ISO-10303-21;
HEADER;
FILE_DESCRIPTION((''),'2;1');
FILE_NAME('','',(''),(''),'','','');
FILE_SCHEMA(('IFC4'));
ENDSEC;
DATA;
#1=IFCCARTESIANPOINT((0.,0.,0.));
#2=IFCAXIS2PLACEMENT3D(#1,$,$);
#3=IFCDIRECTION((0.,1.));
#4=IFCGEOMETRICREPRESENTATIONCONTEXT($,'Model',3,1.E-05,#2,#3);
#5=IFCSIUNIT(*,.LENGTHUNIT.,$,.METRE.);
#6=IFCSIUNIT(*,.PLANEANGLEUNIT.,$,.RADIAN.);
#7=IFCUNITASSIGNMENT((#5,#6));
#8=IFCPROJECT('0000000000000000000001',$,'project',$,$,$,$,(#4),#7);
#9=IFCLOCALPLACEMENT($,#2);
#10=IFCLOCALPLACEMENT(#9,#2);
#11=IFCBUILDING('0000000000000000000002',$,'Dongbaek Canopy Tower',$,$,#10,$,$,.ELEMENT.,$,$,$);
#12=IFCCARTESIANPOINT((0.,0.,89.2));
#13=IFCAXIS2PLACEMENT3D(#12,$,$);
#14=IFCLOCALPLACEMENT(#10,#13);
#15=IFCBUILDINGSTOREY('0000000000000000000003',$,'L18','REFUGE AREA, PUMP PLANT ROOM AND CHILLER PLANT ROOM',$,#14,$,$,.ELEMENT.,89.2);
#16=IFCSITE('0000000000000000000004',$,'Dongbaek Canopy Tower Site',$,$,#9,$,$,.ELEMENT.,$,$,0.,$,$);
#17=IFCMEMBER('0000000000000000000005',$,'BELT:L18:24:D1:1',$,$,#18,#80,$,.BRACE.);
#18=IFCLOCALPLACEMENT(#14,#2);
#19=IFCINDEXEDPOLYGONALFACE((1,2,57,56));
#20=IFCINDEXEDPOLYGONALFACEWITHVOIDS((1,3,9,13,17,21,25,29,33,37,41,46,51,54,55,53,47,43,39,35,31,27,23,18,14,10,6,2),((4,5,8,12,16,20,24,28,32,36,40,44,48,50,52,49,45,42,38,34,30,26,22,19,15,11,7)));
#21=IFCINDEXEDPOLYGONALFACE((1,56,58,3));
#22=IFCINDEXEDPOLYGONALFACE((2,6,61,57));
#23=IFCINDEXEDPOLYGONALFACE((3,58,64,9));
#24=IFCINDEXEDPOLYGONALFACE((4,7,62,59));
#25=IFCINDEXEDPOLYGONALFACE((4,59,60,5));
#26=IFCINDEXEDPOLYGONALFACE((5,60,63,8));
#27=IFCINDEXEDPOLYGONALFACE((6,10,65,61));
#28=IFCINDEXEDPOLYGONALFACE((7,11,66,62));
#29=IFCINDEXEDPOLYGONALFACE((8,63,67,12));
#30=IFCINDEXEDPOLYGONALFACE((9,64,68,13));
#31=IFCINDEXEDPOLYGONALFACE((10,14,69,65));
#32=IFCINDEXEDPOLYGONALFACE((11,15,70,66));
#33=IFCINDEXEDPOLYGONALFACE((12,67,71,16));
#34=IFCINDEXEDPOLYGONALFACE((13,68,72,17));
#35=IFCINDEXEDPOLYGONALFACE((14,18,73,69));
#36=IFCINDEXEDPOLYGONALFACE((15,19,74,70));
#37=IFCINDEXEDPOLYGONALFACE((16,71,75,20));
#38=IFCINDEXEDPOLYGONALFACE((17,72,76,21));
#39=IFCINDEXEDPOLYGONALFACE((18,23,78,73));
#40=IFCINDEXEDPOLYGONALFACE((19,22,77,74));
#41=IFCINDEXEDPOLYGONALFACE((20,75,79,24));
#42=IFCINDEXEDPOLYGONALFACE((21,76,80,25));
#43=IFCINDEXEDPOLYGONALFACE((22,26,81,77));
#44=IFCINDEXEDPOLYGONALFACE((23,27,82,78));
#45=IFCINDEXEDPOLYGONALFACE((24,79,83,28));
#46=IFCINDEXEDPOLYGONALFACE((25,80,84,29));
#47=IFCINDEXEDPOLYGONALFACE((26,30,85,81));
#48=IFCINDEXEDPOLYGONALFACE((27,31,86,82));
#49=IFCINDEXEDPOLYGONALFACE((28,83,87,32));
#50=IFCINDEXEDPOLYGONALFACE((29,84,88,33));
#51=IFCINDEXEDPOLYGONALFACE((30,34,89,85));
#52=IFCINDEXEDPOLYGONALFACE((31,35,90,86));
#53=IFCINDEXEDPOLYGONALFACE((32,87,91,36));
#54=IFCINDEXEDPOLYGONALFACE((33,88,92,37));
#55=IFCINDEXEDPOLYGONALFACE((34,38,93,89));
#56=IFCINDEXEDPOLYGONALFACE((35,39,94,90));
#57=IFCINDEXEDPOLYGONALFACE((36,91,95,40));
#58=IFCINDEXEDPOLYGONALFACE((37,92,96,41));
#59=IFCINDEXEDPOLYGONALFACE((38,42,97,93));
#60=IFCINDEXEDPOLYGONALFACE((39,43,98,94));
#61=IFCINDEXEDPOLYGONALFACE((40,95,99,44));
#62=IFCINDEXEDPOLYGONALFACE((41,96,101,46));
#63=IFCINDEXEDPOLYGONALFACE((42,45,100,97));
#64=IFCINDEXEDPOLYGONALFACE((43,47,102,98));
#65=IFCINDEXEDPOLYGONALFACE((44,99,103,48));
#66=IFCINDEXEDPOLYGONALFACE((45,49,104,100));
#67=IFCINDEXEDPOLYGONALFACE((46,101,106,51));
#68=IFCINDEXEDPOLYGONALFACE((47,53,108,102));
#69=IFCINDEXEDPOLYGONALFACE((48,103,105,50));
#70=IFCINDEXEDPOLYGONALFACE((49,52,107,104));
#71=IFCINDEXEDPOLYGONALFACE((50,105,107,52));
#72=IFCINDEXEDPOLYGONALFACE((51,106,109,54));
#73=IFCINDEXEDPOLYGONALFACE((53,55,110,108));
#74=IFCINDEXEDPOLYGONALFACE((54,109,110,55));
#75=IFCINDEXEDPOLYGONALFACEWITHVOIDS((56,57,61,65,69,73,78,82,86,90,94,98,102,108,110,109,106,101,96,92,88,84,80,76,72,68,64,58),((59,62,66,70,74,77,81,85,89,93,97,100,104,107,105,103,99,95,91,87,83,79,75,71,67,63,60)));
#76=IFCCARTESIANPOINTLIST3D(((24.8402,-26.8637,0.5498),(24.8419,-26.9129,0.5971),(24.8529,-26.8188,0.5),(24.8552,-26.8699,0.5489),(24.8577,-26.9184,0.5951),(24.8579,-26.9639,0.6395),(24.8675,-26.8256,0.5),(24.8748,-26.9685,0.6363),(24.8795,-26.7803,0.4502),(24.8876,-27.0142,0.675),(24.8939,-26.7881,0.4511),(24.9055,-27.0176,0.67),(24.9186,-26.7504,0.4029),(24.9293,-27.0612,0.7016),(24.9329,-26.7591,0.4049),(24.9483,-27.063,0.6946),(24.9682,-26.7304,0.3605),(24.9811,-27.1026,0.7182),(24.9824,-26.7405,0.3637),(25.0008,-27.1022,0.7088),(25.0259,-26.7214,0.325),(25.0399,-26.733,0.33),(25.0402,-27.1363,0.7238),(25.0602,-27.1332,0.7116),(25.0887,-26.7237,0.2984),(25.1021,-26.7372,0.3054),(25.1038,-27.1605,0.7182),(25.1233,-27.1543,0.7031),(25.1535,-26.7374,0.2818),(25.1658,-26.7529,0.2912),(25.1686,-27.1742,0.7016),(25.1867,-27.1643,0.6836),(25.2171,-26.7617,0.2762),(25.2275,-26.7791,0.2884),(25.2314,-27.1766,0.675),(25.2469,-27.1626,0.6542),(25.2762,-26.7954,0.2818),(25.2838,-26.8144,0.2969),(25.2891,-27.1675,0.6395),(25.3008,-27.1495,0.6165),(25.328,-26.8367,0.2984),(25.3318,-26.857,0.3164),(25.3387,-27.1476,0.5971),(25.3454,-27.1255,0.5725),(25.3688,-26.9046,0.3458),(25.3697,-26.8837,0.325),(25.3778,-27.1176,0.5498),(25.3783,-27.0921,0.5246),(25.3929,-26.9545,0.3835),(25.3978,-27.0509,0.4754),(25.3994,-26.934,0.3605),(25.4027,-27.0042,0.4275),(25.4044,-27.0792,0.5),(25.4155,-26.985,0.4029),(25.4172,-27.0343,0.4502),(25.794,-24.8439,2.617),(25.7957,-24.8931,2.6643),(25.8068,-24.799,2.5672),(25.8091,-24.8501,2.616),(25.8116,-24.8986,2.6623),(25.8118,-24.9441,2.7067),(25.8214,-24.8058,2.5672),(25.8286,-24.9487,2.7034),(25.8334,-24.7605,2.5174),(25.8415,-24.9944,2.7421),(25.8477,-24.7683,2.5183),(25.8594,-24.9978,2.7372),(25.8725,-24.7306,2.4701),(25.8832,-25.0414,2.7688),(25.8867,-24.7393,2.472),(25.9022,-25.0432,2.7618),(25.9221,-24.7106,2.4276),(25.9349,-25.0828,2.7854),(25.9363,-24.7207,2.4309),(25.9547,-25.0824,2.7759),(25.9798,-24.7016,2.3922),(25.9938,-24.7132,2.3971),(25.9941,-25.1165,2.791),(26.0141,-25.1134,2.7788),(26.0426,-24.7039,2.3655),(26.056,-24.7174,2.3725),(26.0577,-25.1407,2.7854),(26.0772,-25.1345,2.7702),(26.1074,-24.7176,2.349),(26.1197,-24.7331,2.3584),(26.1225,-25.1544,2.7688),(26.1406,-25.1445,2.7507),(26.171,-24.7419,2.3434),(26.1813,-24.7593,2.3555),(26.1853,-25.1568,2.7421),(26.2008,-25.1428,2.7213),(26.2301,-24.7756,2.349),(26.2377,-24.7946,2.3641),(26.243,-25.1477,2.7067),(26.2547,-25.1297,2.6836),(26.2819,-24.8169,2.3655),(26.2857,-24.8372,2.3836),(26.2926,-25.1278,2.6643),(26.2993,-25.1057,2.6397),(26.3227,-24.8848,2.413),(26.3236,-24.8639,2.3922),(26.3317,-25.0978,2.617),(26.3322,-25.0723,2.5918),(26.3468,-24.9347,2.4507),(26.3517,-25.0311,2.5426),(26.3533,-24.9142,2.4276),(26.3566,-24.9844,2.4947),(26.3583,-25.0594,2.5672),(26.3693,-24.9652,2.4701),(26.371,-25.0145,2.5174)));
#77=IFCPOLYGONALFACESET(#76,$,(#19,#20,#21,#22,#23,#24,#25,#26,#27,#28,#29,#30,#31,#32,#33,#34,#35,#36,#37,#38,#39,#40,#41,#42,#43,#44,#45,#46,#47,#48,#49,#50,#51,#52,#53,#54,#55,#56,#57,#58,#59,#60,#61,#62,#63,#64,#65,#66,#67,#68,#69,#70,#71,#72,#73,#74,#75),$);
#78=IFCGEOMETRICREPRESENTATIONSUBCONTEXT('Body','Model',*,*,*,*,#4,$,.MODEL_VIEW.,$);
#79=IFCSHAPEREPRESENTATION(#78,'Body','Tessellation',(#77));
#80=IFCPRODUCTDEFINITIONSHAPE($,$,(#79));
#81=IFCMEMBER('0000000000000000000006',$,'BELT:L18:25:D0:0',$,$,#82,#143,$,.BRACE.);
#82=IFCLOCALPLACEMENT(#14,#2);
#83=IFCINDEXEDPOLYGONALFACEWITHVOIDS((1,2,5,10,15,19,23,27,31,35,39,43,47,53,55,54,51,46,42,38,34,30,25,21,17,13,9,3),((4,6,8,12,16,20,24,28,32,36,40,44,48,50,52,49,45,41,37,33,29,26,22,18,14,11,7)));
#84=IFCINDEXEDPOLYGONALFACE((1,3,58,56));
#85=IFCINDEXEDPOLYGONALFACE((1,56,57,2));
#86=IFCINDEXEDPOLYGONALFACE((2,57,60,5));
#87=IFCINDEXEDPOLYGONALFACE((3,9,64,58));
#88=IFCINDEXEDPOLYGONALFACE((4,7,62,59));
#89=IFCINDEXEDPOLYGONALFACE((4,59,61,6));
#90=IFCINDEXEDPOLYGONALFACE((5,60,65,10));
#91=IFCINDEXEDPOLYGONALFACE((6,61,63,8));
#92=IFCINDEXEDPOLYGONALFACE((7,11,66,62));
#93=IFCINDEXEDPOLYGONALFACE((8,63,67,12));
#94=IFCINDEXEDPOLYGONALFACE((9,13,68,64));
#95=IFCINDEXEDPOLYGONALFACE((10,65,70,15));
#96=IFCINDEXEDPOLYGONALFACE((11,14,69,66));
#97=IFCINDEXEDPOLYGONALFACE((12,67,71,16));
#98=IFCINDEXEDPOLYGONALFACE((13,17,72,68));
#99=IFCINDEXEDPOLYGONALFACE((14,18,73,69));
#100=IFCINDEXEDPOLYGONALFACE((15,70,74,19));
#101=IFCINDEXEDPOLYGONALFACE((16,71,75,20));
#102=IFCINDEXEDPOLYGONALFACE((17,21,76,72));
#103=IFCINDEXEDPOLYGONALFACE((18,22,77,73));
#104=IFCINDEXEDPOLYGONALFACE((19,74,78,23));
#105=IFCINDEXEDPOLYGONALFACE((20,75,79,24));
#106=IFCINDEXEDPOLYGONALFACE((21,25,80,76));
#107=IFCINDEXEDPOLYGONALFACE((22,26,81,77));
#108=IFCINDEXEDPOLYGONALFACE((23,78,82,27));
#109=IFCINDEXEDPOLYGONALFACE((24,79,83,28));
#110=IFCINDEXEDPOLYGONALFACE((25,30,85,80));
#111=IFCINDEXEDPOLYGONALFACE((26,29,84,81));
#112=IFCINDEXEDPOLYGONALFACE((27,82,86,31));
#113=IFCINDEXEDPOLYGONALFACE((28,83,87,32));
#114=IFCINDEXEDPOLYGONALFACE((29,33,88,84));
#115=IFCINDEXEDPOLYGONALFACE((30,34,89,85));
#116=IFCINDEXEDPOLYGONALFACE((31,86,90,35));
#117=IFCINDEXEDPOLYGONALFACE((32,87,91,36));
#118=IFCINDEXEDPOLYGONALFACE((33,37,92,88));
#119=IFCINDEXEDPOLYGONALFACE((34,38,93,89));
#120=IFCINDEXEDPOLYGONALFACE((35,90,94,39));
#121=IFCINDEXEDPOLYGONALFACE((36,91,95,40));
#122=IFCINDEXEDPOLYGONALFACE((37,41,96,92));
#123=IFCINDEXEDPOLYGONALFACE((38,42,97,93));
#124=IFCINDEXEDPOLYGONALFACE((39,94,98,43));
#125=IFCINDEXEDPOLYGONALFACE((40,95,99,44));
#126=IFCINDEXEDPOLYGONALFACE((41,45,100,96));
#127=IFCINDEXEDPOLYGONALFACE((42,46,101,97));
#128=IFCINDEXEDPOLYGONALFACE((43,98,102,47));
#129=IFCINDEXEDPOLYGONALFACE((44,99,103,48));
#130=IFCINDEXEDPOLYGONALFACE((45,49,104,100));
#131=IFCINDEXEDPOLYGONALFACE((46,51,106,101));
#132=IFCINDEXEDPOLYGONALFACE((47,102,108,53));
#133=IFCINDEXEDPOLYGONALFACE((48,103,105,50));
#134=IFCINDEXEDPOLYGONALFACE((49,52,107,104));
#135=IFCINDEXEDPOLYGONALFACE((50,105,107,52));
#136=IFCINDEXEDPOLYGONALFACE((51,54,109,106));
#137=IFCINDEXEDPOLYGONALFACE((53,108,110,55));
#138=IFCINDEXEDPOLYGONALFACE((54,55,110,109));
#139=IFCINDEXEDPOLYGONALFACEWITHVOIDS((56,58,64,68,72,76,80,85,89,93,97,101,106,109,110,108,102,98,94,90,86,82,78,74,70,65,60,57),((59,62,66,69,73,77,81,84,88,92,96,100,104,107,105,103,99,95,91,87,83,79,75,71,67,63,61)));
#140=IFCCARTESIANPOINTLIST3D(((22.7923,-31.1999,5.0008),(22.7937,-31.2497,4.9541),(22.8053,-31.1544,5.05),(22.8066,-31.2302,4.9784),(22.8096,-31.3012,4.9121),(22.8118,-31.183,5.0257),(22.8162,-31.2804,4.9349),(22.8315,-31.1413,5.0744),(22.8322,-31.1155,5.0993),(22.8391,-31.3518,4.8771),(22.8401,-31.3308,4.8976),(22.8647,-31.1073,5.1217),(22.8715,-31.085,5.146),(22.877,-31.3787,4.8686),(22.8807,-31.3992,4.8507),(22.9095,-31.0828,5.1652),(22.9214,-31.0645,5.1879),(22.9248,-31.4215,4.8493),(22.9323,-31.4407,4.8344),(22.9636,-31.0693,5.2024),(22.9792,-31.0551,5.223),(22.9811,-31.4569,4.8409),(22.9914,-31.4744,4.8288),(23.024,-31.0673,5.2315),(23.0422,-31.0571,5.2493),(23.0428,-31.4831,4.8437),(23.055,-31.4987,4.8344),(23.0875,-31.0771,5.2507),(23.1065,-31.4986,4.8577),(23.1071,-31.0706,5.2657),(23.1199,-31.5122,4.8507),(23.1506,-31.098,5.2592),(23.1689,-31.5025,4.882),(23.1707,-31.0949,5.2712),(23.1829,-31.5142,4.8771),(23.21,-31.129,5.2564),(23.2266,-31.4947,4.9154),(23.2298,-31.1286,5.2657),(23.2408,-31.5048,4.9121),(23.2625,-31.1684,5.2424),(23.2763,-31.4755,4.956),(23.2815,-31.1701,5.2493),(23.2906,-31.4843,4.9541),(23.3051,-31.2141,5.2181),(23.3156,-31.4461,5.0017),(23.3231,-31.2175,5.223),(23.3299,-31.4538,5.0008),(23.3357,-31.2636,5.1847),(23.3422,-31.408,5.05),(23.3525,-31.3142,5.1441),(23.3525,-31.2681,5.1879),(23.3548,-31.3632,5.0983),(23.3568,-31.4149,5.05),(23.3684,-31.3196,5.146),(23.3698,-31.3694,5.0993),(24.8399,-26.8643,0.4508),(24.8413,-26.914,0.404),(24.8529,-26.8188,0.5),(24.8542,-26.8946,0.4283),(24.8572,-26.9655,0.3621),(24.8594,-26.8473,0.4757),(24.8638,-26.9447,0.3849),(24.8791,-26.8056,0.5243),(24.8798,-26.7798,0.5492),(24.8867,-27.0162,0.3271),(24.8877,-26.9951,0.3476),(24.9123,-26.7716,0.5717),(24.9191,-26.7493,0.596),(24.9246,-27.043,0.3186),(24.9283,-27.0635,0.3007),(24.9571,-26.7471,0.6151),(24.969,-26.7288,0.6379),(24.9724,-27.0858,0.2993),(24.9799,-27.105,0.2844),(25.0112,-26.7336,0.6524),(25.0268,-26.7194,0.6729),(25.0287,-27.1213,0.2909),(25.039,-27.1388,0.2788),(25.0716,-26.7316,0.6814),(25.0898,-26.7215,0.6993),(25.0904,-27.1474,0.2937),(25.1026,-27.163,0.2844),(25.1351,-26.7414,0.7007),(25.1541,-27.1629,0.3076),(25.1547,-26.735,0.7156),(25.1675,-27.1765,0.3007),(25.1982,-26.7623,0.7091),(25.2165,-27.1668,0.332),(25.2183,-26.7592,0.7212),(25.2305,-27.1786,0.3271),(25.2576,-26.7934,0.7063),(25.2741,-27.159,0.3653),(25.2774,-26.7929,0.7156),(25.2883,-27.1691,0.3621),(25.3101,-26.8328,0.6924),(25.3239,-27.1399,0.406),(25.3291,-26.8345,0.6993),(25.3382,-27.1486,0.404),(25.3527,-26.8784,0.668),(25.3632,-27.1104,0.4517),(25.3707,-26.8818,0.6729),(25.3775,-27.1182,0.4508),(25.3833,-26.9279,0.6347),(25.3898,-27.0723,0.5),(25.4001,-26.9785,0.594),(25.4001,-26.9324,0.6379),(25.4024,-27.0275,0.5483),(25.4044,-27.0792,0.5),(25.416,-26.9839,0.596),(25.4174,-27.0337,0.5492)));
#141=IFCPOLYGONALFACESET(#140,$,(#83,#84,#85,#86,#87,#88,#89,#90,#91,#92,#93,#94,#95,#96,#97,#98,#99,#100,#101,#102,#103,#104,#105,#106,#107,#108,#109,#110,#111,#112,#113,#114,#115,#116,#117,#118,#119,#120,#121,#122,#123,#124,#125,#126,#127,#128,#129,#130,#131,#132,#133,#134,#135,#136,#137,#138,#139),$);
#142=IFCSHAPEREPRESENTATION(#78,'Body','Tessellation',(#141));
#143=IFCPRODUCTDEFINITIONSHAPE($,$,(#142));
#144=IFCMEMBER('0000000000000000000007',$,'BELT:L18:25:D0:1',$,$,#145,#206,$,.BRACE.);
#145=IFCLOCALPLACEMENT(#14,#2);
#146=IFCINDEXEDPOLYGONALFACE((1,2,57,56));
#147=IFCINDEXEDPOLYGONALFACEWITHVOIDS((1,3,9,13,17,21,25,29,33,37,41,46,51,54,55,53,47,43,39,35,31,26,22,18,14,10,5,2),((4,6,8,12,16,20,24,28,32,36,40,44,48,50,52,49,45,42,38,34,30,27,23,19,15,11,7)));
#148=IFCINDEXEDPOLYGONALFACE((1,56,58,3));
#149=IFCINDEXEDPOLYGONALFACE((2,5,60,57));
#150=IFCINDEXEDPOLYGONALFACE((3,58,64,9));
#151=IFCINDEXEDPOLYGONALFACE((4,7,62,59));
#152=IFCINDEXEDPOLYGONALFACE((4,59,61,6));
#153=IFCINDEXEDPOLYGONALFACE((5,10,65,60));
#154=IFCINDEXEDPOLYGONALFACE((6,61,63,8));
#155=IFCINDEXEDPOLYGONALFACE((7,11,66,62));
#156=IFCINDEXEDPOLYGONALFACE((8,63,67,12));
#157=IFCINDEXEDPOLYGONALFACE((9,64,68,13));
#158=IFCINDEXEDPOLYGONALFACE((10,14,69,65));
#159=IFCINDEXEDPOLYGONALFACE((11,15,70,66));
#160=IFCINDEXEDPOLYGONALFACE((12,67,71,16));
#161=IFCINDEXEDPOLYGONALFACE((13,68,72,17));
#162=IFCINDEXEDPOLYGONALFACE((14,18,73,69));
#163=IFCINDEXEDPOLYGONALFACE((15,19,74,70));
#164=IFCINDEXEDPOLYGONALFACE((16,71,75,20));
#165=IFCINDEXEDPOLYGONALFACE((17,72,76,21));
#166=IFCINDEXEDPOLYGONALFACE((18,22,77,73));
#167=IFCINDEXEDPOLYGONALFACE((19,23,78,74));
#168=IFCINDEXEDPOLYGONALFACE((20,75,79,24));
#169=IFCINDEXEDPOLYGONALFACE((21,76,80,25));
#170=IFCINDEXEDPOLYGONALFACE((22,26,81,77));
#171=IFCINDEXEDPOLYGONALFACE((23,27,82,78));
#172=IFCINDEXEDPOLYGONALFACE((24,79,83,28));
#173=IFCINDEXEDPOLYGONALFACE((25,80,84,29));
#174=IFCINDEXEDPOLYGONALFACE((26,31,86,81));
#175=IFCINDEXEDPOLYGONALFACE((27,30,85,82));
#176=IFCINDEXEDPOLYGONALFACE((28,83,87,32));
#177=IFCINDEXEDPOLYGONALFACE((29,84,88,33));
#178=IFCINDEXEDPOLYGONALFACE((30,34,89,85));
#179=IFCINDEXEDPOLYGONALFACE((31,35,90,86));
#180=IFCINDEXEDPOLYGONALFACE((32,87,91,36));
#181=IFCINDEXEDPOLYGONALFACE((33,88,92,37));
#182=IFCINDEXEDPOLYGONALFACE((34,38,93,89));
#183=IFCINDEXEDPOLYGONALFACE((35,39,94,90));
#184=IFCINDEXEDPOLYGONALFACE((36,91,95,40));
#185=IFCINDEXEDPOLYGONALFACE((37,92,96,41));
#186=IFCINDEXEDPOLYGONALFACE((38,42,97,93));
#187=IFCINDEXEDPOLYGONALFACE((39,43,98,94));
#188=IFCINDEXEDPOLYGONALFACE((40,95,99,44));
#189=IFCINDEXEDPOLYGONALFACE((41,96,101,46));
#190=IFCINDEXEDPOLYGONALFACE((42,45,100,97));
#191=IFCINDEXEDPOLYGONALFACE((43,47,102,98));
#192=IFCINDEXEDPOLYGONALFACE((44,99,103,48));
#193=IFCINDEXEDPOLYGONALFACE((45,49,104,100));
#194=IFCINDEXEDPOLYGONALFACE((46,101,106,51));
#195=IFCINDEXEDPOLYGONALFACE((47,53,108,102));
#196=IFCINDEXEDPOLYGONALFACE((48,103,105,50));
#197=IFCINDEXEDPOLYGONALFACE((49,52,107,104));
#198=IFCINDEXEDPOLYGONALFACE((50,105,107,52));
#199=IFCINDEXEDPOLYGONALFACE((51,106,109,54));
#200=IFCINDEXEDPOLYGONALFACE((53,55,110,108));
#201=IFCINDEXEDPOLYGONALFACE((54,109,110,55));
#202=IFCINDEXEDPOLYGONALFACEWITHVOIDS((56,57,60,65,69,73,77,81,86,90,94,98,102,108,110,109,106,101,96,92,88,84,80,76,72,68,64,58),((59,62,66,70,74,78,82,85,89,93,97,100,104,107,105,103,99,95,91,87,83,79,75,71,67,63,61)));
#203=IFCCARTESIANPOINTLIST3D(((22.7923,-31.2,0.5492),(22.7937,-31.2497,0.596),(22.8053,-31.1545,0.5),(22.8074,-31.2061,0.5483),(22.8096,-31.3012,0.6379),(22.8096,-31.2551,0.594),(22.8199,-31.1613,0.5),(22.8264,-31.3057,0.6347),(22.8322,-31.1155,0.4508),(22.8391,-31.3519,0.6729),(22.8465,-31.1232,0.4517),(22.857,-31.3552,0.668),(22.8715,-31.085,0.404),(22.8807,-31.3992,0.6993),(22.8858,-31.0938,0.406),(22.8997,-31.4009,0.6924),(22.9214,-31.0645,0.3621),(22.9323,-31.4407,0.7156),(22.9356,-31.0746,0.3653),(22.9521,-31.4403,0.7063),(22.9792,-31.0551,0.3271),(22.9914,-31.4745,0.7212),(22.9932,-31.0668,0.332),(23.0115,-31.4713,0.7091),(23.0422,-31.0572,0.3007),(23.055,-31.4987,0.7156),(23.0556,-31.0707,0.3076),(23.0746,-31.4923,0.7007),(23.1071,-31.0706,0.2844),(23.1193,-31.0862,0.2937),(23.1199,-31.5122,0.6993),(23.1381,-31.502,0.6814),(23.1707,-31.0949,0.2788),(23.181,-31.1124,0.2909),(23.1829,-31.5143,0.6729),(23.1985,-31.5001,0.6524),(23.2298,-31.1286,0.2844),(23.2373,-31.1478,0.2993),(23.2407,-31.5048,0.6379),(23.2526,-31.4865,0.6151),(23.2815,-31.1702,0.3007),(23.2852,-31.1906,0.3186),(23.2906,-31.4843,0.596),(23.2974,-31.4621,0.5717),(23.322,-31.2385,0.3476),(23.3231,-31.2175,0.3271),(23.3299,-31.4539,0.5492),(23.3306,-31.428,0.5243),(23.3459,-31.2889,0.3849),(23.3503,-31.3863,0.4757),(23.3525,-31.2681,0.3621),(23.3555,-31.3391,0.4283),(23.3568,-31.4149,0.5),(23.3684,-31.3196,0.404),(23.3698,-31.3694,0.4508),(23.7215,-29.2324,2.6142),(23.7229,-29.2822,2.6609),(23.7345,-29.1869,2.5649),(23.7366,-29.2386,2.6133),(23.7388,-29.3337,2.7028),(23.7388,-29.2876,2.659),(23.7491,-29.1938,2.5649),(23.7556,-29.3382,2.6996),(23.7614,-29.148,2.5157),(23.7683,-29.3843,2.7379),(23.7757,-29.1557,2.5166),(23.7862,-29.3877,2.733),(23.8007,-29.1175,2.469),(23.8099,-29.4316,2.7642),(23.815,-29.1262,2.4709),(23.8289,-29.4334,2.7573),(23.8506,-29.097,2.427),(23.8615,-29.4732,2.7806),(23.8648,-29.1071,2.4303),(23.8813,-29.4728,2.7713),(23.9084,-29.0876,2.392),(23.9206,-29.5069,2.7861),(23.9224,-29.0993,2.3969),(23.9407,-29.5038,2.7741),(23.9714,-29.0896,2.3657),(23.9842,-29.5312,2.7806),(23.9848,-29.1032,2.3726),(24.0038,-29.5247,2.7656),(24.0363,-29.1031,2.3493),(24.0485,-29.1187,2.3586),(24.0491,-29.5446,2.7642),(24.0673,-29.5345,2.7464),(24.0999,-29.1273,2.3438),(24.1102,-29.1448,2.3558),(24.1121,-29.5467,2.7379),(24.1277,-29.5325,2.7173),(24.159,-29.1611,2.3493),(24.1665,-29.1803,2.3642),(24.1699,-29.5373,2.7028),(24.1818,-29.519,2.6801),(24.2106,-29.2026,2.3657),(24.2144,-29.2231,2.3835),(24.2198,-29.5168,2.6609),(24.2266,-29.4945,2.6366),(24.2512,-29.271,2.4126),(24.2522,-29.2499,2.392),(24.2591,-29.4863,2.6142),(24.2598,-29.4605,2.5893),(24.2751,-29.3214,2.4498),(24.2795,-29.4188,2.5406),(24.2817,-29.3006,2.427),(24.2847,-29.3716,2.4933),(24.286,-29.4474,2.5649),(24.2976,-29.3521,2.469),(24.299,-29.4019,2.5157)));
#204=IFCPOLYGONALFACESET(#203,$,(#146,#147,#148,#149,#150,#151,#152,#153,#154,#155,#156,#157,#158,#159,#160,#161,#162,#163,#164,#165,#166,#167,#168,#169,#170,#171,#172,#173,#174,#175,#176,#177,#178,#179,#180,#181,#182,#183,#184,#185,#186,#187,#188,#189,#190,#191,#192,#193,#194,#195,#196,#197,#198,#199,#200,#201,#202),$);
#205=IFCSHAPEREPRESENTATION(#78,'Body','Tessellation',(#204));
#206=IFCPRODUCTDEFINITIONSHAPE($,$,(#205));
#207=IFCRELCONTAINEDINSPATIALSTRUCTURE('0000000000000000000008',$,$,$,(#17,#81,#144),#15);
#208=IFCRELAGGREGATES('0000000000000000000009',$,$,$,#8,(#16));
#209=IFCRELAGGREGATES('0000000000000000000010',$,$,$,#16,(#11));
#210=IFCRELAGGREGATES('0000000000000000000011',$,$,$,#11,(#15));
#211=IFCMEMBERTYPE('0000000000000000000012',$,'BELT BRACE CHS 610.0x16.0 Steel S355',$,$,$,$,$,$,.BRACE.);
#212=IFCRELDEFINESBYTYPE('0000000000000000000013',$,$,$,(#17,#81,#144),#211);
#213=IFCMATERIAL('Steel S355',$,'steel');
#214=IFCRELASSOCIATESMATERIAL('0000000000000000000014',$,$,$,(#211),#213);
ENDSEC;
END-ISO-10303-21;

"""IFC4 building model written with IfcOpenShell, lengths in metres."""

from ifc_helpers import new_model, si_unit, direction, frame, origin, origin_2d, place, context, subcontext, project, spatial, hollow_circle, extrude, material, material_profile, profile_set, type_object, element, save


model = new_model("IFC4")

# Units and contexts
model_context = context("Model", 3, precision=1e-05, world=origin(), true_north=direction((0.0, 1.0)))
body_context = subcontext(model_context, "Body", "Model", "MODEL_VIEW")
ifc_project = project(units=[si_unit("LENGTHUNIT", "METRE"), si_unit("PLANEANGLEUNIT", "RADIAN")], contexts=[model_context])

# Site, building, storey
site_placement = place(None, origin())
site = spatial("IfcSite", under=ifc_project, at=site_placement, Name="Dongbaek Canopy Tower Site", CompositionType="ELEMENT", RefElevation=0.0)
building_placement = place(site_placement, origin())
building = spatial("IfcBuilding", under=site, at=building_placement, Name="Dongbaek Canopy Tower", CompositionType="ELEMENT")
storey_placement = place(building_placement, frame((0.0, 0.0, 89.2)))
storey = spatial("IfcBuildingStorey", under=building, at=storey_placement, Name="L18", Description="REFUGE AREA, PUMP PLANT ROOM AND CHILLER PLANT ROOM", CompositionType="ELEMENT", Elevation=89.2)

# Members
ifc_material_1 = material(Name="Steel S355", Category="steel")
ifc_material_profile_1 = material_profile(ifc_material_1, hollow_circle(Radius=0.3049, WallThickness=0.0161, at=origin_2d()), Name="BELT BRACE CHS 610.0x16.0 Steel S355")
ifc_profile_set_1 = profile_set([ifc_material_profile_1], Name="Steel S355")
member_type_1 = type_object("IfcMemberType", Name="BELT BRACE CHS 610.0x16.0 Steel S355", PredefinedType="BRACE", material=ifc_profile_set_1)
member_1_placement = place(storey_placement, frame((25.1287, -26.949, 0.5), z_axis=(0.313416, 0.663653, 0.679216), x_axis=(-0.904236, 0.427034, 0.0)))
element("IfcMember", 1, at=member_1_placement, inside=storey, type_object=member_type_1, Name="BELT:L18:24:D1:1", PredefinedType="BRACE", context=body_context, shape_type="SweptSolid", body=[
    extrude(hollow_circle(Radius=0.3049, WallThickness=0.0161, at=origin_2d()), origin(), (0.0, 0.0, 1.0), 3.0435),
])
member_2_placement = place(storey_placement, frame((25.1287, -26.949, 0.5), z_axis=(-0.309768, -0.655916, 0.688344), x_axis=(0.904233, -0.42704, 0.0)))
element("IfcMember", 2, at=member_2_placement, inside=storey, type_object=member_type_1, Name="BELT:L18:25:D0:0", PredefinedType="BRACE", context=body_context, shape_type="SweptSolid", body=[
    extrude(hollow_circle(Radius=0.3049, WallThickness=0.0161, at=origin_2d()), origin(), (0.0, 0.0, 1.0), 6.6101),
])
member_3_placement = place(storey_placement, frame((23.0811, -31.2847, 0.5), z_axis=(0.309758, 0.655895, 0.688369), x_axis=(-0.904233, 0.427039, 0.0)))
element("IfcMember", 3, at=member_3_placement, inside=storey, type_object=member_type_1, Name="BELT:L18:25:D0:1", PredefinedType="BRACE", context=body_context, shape_type="SweptSolid", body=[
    extrude(hollow_circle(Radius=0.3049, WallThickness=0.0161, at=origin_2d()), origin(), (0.0, 0.0, 1.0), 2.9998),
])

save(model, "model.ifc")
